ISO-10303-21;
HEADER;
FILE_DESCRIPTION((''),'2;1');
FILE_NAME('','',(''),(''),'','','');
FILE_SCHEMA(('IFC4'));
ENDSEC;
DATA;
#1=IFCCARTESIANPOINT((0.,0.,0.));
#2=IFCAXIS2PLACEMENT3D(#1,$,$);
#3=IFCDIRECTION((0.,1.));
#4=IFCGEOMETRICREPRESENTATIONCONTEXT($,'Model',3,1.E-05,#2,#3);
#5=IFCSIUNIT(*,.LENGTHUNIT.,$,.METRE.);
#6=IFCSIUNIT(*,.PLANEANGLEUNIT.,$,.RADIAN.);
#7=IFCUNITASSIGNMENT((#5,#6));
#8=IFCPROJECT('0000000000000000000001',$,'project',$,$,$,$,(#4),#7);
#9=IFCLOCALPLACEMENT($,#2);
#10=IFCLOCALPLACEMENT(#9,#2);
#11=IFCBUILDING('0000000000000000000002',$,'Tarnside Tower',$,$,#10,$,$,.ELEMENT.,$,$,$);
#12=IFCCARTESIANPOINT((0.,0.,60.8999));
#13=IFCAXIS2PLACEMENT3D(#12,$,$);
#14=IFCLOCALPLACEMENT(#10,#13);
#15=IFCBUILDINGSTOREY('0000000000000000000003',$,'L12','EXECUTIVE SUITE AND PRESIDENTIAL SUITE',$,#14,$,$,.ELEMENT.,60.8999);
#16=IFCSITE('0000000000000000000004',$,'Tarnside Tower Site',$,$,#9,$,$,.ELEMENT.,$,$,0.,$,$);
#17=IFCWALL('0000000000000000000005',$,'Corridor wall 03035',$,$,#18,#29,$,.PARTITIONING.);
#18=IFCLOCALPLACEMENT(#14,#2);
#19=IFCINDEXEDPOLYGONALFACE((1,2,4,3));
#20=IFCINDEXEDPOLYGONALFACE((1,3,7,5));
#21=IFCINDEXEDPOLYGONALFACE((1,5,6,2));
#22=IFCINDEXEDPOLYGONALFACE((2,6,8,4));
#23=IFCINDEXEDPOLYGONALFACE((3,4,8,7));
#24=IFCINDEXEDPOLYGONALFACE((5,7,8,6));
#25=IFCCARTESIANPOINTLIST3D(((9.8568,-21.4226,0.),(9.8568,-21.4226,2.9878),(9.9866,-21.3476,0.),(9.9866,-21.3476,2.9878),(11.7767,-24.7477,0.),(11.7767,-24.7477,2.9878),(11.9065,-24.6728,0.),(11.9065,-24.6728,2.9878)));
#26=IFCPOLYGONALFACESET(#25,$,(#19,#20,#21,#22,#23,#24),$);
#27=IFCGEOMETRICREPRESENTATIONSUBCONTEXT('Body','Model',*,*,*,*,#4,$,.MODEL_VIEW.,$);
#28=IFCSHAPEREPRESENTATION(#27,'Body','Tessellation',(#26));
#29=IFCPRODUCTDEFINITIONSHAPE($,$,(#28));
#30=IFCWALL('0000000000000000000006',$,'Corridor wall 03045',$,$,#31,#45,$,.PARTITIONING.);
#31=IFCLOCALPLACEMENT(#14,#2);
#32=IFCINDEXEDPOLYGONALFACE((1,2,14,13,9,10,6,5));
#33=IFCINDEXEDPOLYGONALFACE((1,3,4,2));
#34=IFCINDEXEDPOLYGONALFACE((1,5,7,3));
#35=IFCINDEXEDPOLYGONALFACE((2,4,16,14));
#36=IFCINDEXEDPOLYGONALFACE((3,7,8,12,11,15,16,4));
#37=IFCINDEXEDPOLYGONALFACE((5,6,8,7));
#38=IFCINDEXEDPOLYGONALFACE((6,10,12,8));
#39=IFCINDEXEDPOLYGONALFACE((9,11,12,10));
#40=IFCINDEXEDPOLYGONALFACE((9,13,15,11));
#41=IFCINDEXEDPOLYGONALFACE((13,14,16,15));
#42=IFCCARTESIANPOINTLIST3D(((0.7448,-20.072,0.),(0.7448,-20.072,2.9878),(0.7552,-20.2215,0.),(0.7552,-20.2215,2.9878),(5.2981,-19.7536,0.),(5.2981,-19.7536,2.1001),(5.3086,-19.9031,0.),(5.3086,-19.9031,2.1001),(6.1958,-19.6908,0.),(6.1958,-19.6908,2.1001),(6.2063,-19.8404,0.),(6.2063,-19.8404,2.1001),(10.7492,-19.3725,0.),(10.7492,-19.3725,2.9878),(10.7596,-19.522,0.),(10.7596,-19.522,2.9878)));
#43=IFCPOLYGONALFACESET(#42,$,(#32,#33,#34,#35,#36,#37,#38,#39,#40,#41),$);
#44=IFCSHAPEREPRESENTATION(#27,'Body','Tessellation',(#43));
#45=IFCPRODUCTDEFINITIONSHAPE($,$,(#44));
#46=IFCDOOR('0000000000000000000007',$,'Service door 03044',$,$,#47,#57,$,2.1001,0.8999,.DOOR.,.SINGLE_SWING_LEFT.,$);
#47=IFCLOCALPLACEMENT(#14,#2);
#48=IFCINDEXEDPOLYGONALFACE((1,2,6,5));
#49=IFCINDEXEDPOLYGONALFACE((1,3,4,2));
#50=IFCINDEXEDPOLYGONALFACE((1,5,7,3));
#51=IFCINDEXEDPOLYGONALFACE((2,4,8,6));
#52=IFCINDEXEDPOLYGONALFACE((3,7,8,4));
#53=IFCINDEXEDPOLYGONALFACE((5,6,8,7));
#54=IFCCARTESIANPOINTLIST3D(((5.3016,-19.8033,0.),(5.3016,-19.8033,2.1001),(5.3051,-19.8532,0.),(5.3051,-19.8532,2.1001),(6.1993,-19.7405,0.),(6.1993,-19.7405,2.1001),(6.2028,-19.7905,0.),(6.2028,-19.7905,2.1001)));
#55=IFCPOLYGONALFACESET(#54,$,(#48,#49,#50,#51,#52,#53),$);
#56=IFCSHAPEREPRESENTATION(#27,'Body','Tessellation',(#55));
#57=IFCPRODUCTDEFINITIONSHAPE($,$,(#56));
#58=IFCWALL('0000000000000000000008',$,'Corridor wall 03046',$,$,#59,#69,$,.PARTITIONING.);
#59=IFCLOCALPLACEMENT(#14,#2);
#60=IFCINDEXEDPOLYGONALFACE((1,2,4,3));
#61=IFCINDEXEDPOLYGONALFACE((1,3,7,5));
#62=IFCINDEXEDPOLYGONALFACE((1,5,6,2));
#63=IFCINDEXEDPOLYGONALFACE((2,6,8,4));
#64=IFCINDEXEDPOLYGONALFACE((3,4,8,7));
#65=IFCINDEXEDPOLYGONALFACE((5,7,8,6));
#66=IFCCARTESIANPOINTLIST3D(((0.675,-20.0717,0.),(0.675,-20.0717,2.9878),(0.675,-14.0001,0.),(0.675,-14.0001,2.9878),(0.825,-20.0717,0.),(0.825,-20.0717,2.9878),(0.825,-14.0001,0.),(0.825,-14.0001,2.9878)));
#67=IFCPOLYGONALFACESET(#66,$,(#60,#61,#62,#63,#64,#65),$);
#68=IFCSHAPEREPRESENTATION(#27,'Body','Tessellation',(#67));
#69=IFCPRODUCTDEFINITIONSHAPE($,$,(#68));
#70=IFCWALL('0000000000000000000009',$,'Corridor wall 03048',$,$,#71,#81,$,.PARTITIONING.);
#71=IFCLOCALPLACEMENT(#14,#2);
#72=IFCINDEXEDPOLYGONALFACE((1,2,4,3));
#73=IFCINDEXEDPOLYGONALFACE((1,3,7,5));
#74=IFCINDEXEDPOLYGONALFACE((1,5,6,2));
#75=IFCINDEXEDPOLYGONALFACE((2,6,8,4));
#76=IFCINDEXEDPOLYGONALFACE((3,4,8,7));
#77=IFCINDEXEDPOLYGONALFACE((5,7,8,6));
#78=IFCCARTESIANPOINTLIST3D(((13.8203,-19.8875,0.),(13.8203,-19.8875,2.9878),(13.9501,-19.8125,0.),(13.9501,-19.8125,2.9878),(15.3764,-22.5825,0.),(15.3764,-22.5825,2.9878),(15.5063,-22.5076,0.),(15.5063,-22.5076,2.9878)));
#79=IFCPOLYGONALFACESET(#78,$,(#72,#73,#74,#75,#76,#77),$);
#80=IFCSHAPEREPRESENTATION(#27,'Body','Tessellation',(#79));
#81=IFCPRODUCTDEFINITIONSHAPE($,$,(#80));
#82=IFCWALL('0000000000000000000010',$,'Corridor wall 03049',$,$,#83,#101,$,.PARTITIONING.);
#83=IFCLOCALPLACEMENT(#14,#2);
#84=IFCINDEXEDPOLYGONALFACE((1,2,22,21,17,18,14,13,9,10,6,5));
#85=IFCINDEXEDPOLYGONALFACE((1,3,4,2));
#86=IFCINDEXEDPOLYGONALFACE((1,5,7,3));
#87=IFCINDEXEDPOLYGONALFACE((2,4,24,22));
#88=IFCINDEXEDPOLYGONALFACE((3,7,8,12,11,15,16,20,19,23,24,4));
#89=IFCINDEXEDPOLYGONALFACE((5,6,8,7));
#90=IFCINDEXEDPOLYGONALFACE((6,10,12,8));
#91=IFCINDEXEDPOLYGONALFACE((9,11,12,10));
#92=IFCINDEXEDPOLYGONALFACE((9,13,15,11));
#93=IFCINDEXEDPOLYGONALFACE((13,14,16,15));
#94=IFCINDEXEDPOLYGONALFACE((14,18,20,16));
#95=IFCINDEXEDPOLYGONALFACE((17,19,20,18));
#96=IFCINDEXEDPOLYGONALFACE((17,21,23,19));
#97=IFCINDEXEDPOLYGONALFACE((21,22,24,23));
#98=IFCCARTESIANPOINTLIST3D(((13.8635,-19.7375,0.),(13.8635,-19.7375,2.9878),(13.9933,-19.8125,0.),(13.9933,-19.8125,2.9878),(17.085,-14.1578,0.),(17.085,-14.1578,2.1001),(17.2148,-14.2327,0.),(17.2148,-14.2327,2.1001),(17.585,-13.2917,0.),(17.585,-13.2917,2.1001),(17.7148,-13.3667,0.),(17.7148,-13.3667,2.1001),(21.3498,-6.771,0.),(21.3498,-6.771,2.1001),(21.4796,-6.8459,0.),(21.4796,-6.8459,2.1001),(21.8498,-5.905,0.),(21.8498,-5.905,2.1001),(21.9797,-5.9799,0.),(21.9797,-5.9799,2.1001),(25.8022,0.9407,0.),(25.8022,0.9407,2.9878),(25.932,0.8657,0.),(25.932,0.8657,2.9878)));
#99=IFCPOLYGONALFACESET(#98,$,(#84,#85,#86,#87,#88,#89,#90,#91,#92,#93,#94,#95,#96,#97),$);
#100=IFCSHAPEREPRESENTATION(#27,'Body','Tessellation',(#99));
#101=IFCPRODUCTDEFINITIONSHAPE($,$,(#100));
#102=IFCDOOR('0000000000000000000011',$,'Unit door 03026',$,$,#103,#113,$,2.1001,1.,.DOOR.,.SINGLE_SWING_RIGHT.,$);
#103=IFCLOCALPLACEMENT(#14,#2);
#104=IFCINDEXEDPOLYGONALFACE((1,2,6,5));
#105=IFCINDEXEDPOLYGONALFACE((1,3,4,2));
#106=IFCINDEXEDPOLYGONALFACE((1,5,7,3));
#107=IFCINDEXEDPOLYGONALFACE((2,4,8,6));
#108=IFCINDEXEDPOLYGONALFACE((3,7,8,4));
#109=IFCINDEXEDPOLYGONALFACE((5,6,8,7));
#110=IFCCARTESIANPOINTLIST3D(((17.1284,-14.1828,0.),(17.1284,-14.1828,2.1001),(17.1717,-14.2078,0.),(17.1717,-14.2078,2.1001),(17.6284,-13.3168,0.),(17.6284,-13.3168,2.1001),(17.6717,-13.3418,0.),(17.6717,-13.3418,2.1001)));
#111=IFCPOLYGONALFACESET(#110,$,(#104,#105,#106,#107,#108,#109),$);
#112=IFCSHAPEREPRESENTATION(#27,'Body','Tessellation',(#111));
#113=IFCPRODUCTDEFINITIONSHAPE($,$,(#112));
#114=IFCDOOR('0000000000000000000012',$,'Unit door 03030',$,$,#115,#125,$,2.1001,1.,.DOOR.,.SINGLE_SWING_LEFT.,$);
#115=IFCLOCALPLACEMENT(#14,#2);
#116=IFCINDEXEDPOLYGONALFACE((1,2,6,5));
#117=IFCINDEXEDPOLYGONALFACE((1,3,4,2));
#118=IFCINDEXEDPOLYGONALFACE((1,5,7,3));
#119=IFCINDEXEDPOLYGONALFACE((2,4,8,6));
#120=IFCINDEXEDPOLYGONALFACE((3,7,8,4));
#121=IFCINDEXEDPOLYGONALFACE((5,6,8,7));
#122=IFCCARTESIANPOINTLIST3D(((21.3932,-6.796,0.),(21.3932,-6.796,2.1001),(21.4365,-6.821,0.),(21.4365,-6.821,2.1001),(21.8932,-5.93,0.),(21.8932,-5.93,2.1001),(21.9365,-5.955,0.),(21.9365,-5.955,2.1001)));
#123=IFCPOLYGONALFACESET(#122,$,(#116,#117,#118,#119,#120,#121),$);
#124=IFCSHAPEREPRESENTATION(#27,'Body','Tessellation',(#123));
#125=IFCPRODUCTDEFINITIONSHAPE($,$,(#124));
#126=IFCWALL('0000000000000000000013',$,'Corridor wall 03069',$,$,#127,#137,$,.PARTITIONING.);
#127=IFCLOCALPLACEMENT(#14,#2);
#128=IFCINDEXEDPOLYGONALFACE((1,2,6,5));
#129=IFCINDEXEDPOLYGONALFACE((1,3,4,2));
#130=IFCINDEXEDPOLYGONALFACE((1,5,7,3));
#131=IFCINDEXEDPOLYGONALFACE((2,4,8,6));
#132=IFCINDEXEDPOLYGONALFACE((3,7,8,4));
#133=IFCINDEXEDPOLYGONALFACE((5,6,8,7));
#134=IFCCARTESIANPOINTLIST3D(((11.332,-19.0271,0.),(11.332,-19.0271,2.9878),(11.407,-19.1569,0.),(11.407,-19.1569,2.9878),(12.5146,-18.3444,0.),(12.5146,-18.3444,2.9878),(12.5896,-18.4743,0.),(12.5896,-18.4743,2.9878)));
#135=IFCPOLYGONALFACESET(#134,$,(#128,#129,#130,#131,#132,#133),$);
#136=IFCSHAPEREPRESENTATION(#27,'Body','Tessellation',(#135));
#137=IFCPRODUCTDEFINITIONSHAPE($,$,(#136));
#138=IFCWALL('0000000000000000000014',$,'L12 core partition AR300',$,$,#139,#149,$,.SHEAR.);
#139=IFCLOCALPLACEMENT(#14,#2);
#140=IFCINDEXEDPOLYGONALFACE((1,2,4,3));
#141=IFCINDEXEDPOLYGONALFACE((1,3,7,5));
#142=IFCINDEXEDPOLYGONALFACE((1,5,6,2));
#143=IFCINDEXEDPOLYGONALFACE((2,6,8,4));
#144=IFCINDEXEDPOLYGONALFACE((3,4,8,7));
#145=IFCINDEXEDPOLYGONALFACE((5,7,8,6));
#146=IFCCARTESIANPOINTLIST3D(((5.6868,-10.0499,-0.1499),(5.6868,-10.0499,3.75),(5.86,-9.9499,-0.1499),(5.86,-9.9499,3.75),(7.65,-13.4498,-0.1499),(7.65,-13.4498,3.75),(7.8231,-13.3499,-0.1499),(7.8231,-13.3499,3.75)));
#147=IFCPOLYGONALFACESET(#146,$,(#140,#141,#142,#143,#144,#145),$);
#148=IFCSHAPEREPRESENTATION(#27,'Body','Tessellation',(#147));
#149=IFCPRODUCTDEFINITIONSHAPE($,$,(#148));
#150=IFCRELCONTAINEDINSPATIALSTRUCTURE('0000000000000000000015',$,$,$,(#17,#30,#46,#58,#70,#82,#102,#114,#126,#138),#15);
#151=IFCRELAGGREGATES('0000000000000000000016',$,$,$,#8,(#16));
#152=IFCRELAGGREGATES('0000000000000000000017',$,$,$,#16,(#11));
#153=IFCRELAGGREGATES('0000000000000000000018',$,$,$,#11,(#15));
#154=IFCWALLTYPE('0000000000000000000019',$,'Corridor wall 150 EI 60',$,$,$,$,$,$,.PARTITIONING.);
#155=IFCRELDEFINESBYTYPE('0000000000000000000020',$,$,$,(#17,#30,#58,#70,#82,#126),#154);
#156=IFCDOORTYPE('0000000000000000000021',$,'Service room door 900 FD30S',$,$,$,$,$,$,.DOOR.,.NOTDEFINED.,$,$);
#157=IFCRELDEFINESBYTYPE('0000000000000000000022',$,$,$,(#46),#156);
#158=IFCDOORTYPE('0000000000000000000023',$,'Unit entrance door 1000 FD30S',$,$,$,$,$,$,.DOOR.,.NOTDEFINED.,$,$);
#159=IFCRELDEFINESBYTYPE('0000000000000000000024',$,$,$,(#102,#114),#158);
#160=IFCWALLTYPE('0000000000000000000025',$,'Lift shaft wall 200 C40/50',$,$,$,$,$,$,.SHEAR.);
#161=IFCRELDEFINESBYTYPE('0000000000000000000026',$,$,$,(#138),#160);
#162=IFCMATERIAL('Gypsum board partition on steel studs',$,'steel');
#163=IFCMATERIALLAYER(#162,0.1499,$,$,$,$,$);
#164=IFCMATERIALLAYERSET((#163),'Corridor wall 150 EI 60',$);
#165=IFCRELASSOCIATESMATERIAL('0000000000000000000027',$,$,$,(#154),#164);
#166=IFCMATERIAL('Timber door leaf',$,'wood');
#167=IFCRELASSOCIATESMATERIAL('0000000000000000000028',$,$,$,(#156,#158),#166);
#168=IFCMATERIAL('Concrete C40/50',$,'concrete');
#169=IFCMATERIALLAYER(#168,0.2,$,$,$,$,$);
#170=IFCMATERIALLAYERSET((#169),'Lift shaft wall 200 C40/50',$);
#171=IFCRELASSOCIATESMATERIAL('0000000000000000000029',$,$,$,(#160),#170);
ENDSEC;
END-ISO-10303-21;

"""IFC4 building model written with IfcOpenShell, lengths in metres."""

from ifc_helpers import new_model, si_unit, direction, frame, frame_2d, origin, place, context, subcontext, project, spatial, rectangle, extrude, material, layer, layer_set, type_object, element, fill, save


model = new_model("IFC4")

# Units and contexts
model_context = context("Model", 3, precision=1e-05, world=origin(), true_north=direction((0.0, 1.0)))
body_context = subcontext(model_context, "Body", "Model", "MODEL_VIEW")
ifc_project = project(units=[si_unit("LENGTHUNIT", "METRE"), si_unit("PLANEANGLEUNIT", "RADIAN")], contexts=[model_context])

# Site, building, storey
site_placement = place(None, origin())
site = spatial("IfcSite", under=ifc_project, at=site_placement, Name="Tarnside Tower Site", CompositionType="ELEMENT", RefElevation=0.0)
building_placement = place(site_placement, origin())
building = spatial("IfcBuilding", under=site, at=building_placement, Name="Tarnside Tower", CompositionType="ELEMENT")
storey_placement = place(building_placement, frame((0.0, 0.0, 60.8999)))
storey = spatial("IfcBuildingStorey", under=building, at=storey_placement, Name="L12", Description="EXECUTIVE SUITE AND PRESIDENTIAL SUITE", CompositionType="ELEMENT", Elevation=60.8999)

# Shared definitions
ifc_material_1 = material(Name="Gypsum board partition on steel studs", Category="steel")
ifc_material_2 = material(Name="Timber door leaf", Category="wood")

# Wall
ifc_layer_1 = layer(ifc_material_1, 0.1499)
ifc_layer_set_1 = layer_set([ifc_layer_1], Name="Corridor wall 150 EI 60")
wall_type_1 = type_object("IfcWallType", Name="Corridor wall 150 EI 60", PredefinedType="PARTITIONING", material=ifc_layer_set_1)
wall_1_placement = place(storey_placement, frame((9.9216, -21.385, 0.0), z_axis=(0.0, 0.0, 1.0), x_axis=(0.500023, -0.866012, 0.0)))
element("IfcWall", 1, at=wall_1_placement, inside=storey, type_object=wall_type_1, Name="Corridor wall 03035", PredefinedType="PARTITIONING", context=body_context, shape_type="SweptSolid", body=[
    extrude(rectangle(XDim=3.8396, YDim=0.1499, at=frame_2d((1.9199, 0.0))), origin(), (0.0, 0.0, 1.0), 2.9878),
])

# Wall, opening, door
wall_2_placement = place(storey_placement, frame((10.7544, -19.4473, 0.0), z_axis=(0.0, 0.0, 1.0), x_axis=(-0.997565, -0.069745, 0.0)))
wall_2 = element("IfcWall", 2, at=wall_2_placement, inside=storey, type_object=wall_type_1, Name="Corridor wall 03045", PredefinedType="PARTITIONING", context=body_context, shape_type="SweptSolid", body=[
    extrude(rectangle(XDim=10.0288, YDim=0.1499, at=frame_2d((5.0144, 0.0))), origin(), (0.0, 0.0, 1.0), 2.9878),
])
opening_1_placement = place(wall_2_placement, frame((4.5645, 0.0, 0.0)))
opening_1 = element("IfcOpeningElement", 3, at=opening_1_placement, cuts=wall_2, PredefinedType="OPENING", context=body_context, shape_type="SweptSolid", body=[
    extrude(rectangle(XDim=0.8999, YDim=2.1001, at=frame_2d((0.45, 1.05))), frame((0.0, 0.085, 0.0), z_axis=(0.0, -1.0, 0.0), x_axis=(1.0, 0.0, 0.0)), (0.0, 0.0, 1.0), 0.1699),
])
door_type_1 = type_object("IfcDoorType", Name="Service room door 900 FD30S", OperationType="NOTDEFINED", PredefinedType="DOOR", material=ifc_material_2)
door_1_placement = place(opening_1_placement, origin())
door_1 = element("IfcDoor", 4, at=door_1_placement, inside=storey, type_object=door_type_1, Name="Service door 03044", OperationType="SINGLE_SWING_LEFT", OverallHeight=2.1001, OverallWidth=0.8999, PredefinedType="DOOR", context=body_context, shape_type="SweptSolid", body=[
    extrude(rectangle(XDim=0.8999, YDim=2.1001, at=frame_2d((0.45, 1.05))), frame((0.0, 0.0249, 0.0), z_axis=(0.0, -1.0, 0.0), x_axis=(1.0, 0.0, 0.0)), (0.0, 0.0, 1.0), 0.05),
])
fill(opening_1, door_1)

# Walls
wall_3_placement = place(storey_placement, frame((0.75, -20.0715, 0.0), z_axis=(0.0, 0.0, 1.0), x_axis=(0.0, 1.0, 0.0)))
element("IfcWall", 5, at=wall_3_placement, inside=storey, type_object=wall_type_1, Name="Corridor wall 03046", PredefinedType="PARTITIONING", context=body_context, shape_type="SweptSolid", body=[
    extrude(rectangle(XDim=6.0715, YDim=0.1499, at=frame_2d((3.0356, 0.0))), origin(), (0.0, 0.0, 1.0), 2.9878),
])
wall_4_placement = place(storey_placement, frame((15.4414, -22.5452, 0.0), z_axis=(0.0, 0.0, 1.0), x_axis=(-0.500037, 0.866004, 0.0)))
element("IfcWall", 6, at=wall_4_placement, inside=storey, type_object=wall_type_1, Name="Corridor wall 03048", PredefinedType="PARTITIONING", context=body_context, shape_type="SweptSolid", body=[
    extrude(rectangle(XDim=3.1121, YDim=0.1499, at=frame_2d((1.5562, 0.0))), origin(), (0.0, 0.0, 1.0), 2.9878),
])

# Wall, openings, doors
wall_5_placement = place(storey_placement, frame((13.9285, -19.7749, 0.0), z_axis=(0.0, 0.0, 1.0), x_axis=(0.500005, 0.866023, 0.0)))
wall_5 = element("IfcWall", 7, at=wall_5_placement, inside=storey, type_object=wall_type_1, Name="Corridor wall 03049", PredefinedType="PARTITIONING", context=body_context, shape_type="SweptSolid", body=[
    extrude(rectangle(XDim=23.8772, YDim=0.1499, at=frame_2d((11.9385, 0.0))), origin(), (0.0, 0.0, 1.0), 2.9878),
])
opening_2_placement = place(wall_5_placement, frame((6.4429, 0.0, 0.0)))
opening_2 = element("IfcOpeningElement", 8, at=opening_2_placement, cuts=wall_5, PredefinedType="OPENING", context=body_context, shape_type="SweptSolid", body=[
    extrude(rectangle(XDim=1.0, YDim=2.1001, at=frame_2d((0.5, 1.05))), frame((0.0, 0.085, 0.0), z_axis=(0.0, -1.0, 0.0), x_axis=(1.0, 0.0, 0.0)), (0.0, 0.0, 1.0), 0.1699),
])
opening_3_placement = place(wall_5_placement, frame((14.9724, 0.0, 0.0)))
opening_3 = element("IfcOpeningElement", 9, at=opening_3_placement, cuts=wall_5, PredefinedType="OPENING", context=body_context, shape_type="SweptSolid", body=[
    extrude(rectangle(XDim=1.0, YDim=2.1001, at=frame_2d((0.5, 1.05))), frame((0.0, 0.085, 0.0), z_axis=(0.0, -1.0, 0.0), x_axis=(1.0, 0.0, 0.0)), (0.0, 0.0, 1.0), 0.1699),
])
door_type_2 = type_object("IfcDoorType", Name="Unit entrance door 1000 FD30S", OperationType="NOTDEFINED", PredefinedType="DOOR", material=ifc_material_2)
door_2_placement = place(opening_2_placement, origin())
door_2 = element("IfcDoor", 10, at=door_2_placement, inside=storey, type_object=door_type_2, Name="Unit door 03026", OperationType="SINGLE_SWING_RIGHT", OverallHeight=2.1001, OverallWidth=1.0, PredefinedType="DOOR", context=body_context, shape_type="SweptSolid", body=[
    extrude(rectangle(XDim=1.0, YDim=2.1001, at=frame_2d((0.5, 1.05))), frame((0.0, 0.0249, 0.0), z_axis=(0.0, -1.0, 0.0), x_axis=(1.0, 0.0, 0.0)), (0.0, 0.0, 1.0), 0.05),
])
fill(opening_2, door_2)
door_3_placement = place(opening_3_placement, origin())
door_3 = element("IfcDoor", 11, at=door_3_placement, inside=storey, type_object=door_type_2, Name="Unit door 03030", OperationType="SINGLE_SWING_LEFT", OverallHeight=2.1001, OverallWidth=1.0, PredefinedType="DOOR", context=body_context, shape_type="SweptSolid", body=[
    extrude(rectangle(XDim=1.0, YDim=2.1001, at=frame_2d((0.5, 1.05))), frame((0.0, 0.0249, 0.0), z_axis=(0.0, -1.0, 0.0), x_axis=(1.0, 0.0, 0.0)), (0.0, 0.0, 1.0), 0.05),
])
fill(opening_3, door_3)

# Walls
wall_6_placement = place(storey_placement, frame((12.552, -18.4094, 0.0), z_axis=(0.0, 0.0, 1.0), x_axis=(-0.866078, -0.499908, 0.0)))
element("IfcWall", 12, at=wall_6_placement, inside=storey, type_object=wall_type_1, Name="Corridor wall 03069", PredefinedType="PARTITIONING", context=body_context, shape_type="SweptSolid", body=[
    extrude(rectangle(XDim=1.3655, YDim=0.1499, at=frame_2d((0.6826, 0.0))), origin(), (0.0, 0.0, 1.0), 2.9878),
])
ifc_material_3 = material(Name="Concrete C40/50", Category="concrete")
ifc_layer_2 = layer(ifc_material_3, 0.2)
ifc_layer_set_2 = layer_set([ifc_layer_2], Name="Lift shaft wall 200 C40/50")
wall_type_2 = type_object("IfcWallType", Name="Lift shaft wall 200 C40/50", PredefinedType="SHEAR", material=ifc_layer_set_2)
wall_7_placement = place(storey_placement, frame((5.7734, -10.0, -0.1499), z_axis=(0.0, 0.0, 1.0), x_axis=(0.500038, -0.866003, 0.0)))
element("IfcWall", 13, at=wall_7_placement, inside=storey, type_object=wall_type_2, Name="L12 core partition AR300", PredefinedType="SHEAR", context=body_context, shape_type="SweptSolid", body=[
    extrude(rectangle(XDim=3.926, YDim=0.2, at=frame_2d((1.9629, 0.0))), origin(), (0.0, 0.0, 1.0), 3.8999),
])

save(model, "model.ifc")
